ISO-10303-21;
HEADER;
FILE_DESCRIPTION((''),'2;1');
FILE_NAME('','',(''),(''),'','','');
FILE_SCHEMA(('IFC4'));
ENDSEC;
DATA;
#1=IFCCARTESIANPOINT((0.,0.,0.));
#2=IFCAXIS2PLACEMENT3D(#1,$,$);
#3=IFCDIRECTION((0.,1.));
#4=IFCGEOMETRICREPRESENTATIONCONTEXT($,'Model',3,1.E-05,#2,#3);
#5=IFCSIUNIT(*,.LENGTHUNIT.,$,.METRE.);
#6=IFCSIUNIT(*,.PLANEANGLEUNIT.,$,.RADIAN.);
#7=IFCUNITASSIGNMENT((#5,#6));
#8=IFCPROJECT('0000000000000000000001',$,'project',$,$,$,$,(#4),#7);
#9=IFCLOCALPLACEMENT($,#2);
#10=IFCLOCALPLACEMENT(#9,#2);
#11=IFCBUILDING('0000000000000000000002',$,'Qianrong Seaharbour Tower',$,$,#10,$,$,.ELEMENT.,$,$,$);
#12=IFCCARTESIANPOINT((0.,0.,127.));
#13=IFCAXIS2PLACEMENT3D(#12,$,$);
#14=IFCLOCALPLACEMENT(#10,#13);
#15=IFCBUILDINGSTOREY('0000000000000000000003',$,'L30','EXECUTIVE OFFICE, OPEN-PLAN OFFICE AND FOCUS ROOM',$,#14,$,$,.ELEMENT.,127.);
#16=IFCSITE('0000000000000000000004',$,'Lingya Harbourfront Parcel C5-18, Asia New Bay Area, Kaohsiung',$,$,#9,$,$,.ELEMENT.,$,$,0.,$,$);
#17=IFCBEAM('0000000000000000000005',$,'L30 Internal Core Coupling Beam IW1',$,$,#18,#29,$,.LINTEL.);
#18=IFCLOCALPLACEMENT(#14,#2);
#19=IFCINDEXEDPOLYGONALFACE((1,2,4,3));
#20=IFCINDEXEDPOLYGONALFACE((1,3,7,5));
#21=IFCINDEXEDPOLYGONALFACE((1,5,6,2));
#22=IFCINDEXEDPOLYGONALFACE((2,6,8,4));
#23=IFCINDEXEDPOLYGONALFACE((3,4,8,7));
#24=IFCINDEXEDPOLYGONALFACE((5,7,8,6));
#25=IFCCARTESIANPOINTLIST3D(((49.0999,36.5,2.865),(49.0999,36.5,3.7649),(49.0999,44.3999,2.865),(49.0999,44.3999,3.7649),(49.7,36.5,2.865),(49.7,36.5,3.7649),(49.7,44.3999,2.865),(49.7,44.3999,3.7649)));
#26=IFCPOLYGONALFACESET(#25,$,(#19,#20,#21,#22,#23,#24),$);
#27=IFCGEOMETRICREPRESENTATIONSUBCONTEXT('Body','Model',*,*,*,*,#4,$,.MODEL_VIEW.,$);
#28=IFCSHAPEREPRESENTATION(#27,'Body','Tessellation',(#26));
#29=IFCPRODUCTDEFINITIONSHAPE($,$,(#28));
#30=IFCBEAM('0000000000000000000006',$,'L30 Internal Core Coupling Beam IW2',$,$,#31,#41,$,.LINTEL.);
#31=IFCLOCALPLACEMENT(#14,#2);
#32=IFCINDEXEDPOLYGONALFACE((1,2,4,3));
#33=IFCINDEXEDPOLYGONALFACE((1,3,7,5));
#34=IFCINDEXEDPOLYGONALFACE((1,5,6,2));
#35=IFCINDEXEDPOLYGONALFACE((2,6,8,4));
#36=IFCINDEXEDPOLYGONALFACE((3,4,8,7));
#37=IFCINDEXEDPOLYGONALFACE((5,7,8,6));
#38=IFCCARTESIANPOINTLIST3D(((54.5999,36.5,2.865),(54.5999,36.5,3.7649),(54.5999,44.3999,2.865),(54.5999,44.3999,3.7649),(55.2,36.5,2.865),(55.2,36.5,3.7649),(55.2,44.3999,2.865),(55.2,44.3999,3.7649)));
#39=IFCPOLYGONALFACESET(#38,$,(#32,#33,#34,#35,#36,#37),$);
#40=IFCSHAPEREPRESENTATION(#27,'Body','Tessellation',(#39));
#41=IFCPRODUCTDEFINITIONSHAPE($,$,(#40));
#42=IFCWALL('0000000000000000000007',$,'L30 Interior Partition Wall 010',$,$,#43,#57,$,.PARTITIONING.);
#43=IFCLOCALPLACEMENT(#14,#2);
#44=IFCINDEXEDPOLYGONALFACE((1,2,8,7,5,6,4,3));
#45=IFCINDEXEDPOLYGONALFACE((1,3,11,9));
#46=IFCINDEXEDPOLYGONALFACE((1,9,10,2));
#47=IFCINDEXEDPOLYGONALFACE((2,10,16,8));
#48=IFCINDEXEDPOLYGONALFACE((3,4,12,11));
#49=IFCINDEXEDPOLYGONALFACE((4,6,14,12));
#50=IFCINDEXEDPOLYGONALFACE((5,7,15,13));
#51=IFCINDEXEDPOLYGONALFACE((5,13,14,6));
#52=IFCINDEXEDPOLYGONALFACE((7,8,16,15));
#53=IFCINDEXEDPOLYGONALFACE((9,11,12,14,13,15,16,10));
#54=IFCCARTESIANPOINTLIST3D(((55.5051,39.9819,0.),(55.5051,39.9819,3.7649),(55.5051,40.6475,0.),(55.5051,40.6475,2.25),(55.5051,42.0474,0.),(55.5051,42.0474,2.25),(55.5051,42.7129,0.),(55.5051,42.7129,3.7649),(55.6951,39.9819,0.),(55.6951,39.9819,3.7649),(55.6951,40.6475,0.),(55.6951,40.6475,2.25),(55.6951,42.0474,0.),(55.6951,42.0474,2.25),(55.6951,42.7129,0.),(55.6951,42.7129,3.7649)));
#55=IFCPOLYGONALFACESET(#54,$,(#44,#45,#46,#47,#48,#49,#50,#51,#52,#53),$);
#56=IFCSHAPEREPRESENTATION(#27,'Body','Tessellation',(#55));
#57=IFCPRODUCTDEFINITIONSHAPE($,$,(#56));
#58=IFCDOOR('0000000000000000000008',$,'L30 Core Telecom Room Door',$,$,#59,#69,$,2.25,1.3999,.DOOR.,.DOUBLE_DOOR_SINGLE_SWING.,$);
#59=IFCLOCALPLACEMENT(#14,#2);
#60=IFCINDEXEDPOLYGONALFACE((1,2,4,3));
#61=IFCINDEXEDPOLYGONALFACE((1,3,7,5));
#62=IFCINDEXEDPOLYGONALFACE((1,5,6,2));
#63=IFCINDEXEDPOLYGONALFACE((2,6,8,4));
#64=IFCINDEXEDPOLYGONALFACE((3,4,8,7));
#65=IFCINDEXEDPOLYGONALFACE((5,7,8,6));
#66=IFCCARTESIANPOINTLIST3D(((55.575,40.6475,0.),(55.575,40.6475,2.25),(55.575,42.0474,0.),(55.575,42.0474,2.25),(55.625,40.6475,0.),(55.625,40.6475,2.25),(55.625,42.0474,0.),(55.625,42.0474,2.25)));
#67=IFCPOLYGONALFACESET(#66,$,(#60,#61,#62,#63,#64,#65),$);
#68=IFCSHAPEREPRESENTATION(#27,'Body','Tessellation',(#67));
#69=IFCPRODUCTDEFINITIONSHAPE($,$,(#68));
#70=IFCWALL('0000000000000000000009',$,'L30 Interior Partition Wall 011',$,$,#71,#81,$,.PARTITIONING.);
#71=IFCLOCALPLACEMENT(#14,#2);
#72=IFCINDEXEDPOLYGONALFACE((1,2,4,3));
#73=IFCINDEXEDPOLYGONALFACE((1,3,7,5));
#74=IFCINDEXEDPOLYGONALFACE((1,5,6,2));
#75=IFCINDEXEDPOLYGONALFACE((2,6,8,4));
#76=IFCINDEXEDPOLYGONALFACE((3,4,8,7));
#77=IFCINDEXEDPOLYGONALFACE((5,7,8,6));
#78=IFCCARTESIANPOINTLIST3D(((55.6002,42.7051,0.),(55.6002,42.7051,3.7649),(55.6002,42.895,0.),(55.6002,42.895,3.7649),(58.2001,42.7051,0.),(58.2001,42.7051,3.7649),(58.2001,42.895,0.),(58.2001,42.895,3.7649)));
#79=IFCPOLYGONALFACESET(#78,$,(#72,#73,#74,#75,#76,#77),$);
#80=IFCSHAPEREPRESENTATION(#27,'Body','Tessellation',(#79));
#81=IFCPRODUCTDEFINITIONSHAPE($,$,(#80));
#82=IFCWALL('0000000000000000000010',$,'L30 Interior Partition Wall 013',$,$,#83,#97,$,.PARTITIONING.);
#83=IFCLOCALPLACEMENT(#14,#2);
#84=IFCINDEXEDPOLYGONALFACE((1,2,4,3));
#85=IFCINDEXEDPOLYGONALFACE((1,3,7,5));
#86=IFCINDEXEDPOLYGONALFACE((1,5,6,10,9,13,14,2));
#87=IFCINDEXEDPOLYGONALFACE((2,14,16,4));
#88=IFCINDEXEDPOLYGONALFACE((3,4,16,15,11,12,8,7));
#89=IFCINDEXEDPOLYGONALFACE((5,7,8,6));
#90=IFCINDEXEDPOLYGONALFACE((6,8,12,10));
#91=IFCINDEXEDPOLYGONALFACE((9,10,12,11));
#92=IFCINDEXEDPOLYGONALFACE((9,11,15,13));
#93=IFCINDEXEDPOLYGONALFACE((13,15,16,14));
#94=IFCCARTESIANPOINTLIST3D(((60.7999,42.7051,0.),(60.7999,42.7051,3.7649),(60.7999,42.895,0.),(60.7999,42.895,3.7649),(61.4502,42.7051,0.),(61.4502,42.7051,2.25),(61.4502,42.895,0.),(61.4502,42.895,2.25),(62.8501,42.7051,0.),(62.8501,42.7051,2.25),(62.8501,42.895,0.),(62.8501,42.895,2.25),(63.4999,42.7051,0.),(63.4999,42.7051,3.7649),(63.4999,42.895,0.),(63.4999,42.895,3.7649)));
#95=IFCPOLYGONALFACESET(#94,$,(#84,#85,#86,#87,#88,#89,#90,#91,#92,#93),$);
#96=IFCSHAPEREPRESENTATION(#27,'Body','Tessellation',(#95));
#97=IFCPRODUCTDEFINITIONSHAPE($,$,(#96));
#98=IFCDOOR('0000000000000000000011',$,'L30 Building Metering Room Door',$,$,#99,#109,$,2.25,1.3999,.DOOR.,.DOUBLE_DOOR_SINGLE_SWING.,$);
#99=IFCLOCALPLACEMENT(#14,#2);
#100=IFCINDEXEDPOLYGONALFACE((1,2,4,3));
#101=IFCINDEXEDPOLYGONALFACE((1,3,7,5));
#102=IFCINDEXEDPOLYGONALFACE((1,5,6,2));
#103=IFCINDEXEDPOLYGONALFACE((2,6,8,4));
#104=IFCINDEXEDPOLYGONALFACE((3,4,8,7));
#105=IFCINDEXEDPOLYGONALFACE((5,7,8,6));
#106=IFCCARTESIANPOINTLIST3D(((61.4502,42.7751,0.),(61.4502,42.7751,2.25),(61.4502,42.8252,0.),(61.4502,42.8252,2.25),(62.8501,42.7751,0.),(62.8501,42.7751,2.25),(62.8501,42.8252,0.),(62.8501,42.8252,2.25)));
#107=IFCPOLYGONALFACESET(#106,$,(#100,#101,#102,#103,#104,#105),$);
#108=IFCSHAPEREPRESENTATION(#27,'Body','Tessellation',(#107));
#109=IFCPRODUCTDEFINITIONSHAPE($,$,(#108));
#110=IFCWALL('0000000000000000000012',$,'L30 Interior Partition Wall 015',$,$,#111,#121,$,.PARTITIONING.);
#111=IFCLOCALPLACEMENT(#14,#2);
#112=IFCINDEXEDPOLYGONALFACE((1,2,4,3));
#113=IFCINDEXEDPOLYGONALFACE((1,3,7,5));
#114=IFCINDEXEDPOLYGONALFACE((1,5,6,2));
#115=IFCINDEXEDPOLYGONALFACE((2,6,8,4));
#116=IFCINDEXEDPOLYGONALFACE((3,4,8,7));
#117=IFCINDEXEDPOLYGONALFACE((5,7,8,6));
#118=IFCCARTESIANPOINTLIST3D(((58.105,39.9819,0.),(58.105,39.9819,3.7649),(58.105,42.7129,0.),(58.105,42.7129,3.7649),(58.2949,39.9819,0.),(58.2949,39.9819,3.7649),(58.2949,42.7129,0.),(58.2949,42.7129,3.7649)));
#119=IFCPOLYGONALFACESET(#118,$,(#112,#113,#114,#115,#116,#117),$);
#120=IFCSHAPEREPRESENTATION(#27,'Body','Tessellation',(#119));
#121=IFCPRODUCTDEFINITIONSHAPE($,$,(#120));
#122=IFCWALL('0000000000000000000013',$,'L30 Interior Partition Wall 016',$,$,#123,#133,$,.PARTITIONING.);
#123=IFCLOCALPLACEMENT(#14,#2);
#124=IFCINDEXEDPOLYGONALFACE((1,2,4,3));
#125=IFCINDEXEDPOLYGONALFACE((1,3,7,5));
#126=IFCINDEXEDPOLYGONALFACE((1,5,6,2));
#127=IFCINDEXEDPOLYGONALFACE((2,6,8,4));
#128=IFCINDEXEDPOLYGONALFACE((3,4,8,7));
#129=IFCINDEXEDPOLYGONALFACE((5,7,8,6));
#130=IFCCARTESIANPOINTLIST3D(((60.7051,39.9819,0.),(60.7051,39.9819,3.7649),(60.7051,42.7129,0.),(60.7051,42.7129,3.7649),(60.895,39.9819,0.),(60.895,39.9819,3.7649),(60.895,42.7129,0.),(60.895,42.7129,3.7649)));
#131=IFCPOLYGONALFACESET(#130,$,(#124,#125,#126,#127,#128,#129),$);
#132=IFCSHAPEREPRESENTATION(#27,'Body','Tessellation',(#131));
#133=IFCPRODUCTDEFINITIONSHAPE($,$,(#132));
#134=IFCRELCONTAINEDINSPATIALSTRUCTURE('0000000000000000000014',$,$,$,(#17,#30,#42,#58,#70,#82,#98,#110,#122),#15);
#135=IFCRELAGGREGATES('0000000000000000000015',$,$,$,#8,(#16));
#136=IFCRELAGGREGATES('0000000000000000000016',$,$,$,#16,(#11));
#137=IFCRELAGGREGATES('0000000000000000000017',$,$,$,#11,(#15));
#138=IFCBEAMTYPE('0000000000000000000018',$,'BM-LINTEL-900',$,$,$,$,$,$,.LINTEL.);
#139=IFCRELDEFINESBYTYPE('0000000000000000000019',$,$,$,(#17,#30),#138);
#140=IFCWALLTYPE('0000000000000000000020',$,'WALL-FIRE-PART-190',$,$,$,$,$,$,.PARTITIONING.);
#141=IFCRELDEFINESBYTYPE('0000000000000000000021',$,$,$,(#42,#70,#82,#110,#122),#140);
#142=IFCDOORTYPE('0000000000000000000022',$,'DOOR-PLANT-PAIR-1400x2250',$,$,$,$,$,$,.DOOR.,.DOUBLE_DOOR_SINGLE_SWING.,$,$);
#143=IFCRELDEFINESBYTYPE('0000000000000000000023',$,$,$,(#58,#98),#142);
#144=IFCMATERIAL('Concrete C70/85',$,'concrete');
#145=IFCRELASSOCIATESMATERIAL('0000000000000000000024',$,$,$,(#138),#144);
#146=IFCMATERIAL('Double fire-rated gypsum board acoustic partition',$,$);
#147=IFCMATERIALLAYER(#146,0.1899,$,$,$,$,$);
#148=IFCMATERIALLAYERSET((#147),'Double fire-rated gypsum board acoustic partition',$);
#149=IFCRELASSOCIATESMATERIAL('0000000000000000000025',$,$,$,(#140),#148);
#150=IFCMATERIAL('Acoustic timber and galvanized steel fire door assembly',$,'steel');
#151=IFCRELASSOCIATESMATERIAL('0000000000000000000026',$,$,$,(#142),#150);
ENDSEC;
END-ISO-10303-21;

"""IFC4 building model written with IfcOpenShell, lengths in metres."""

from ifc_helpers import new_model, si_unit, direction, frame, frame_2d, origin, origin_2d, place, context, subcontext, project, spatial, rectangle, extrude, material, layer, layer_set, material_profile, profile_set, type_object, element, fill, save


model = new_model("IFC4")

# Units and contexts
model_context = context("Model", 3, precision=1e-05, world=origin(), true_north=direction((0.0, 1.0)))
body_context = subcontext(model_context, "Body", "Model", "MODEL_VIEW")
ifc_project = project(units=[si_unit("LENGTHUNIT", "METRE"), si_unit("PLANEANGLEUNIT", "RADIAN")], contexts=[model_context])

# Site, building, storey
site_placement = place(None, origin())
site = spatial("IfcSite", under=ifc_project, at=site_placement, Name="Lingya Harbourfront Parcel C5-18, Asia New Bay Area, Kaohsiung", CompositionType="ELEMENT", RefElevation=0.0)
building_placement = place(site_placement, origin())
building = spatial("IfcBuilding", under=site, at=building_placement, Name="Qianrong Seaharbour Tower", CompositionType="ELEMENT")
storey_placement = place(building_placement, frame((0.0, 0.0, 127.0)))
storey = spatial("IfcBuildingStorey", under=building, at=storey_placement, Name="L30", Description="EXECUTIVE OFFICE, OPEN-PLAN OFFICE AND FOCUS ROOM", CompositionType="ELEMENT", Elevation=127.0)

# Beams
ifc_material_1 = material(Name="Concrete C70/85", Category="concrete")
ifc_material_profile = material_profile(ifc_material_1, rectangle(XDim=0.6001, YDim=0.8999, at=origin_2d()), Name="RC600x900")
ifc_profile_set = profile_set([ifc_material_profile], Name="Concrete C70/85")
beam_type = type_object("IfcBeamType", Name="BM-LINTEL-900", PredefinedType="LINTEL", material=ifc_profile_set)
for number, where, z_axis, x_axis, name in (
    (1, (49.3999, 36.5, 3.3149), (0.0, 1.0, 0.0), (-1.0, 0.0, 0.0), "L30 Internal Core Coupling Beam IW1"),
    (2, (54.8999, 36.5, 3.3149), (0.0, 1.0, 0.0), (-1.0, 0.0, 0.0), "L30 Internal Core Coupling Beam IW2"),
):
    element("IfcBeam", number, at=place(storey_placement, frame(where, z_axis=z_axis, x_axis=x_axis)), inside=storey, type_object=beam_type, Name=name, PredefinedType="LINTEL", context=body_context, shape_type="SweptSolid", body=[
        extrude(rectangle(XDim=0.6001, YDim=0.8999, at=origin_2d()), origin(), (0.0, 0.0, 1.0), 7.8999),
    ])

# Wall, opening, door
ifc_material_2 = material(Name="Acoustic timber and galvanized steel fire door assembly", Category="steel")
ifc_material_3 = material(Name="Double fire-rated gypsum board acoustic partition")
ifc_layer_1 = layer(ifc_material_3, 0.1899)
ifc_layer_set_1 = layer_set([ifc_layer_1], Name="Double fire-rated gypsum board acoustic partition")
wall_type_1 = type_object("IfcWallType", Name="WALL-FIRE-PART-190", PredefinedType="PARTITIONING", material=ifc_layer_set_1)
wall_1_placement = place(storey_placement, frame((55.6001, 42.7129, 0.0), z_axis=(0.0, 0.0, 1.0), x_axis=(0.0, -1.0, 0.0)))
wall_1 = element("IfcWall", 3, at=wall_1_placement, inside=storey, type_object=wall_type_1, Name="L30 Interior Partition Wall 010", PredefinedType="PARTITIONING", context=body_context, shape_type="SweptSolid", body=[
    extrude(rectangle(XDim=2.731, YDim=0.1899, at=frame_2d((1.3655, 0.0))), origin(), (0.0, 0.0, 1.0), 3.7649),
])
opening_1_placement = place(wall_1_placement, frame((0.6655, 0.0, 0.0)))
opening_1 = element("IfcOpeningElement", 4, at=opening_1_placement, cuts=wall_1, PredefinedType="OPENING", context=body_context, shape_type="SweptSolid", body=[
    extrude(rectangle(XDim=1.3999, YDim=2.25, at=frame_2d((0.7, 1.125))), frame((0.0, 0.105, 0.0), z_axis=(0.0, -1.0, 0.0), x_axis=(1.0, 0.0, 0.0)), (0.0, 0.0, 1.0), 0.21),
])
door_type_1 = type_object("IfcDoorType", Name="DOOR-PLANT-PAIR-1400x2250", OperationType="DOUBLE_DOOR_SINGLE_SWING", PredefinedType="DOOR", material=ifc_material_2)
door_1_placement = place(opening_1_placement, origin())
door_1 = element("IfcDoor", 5, at=door_1_placement, inside=storey, type_object=door_type_1, Name="L30 Core Telecom Room Door", OperationType="DOUBLE_DOOR_SINGLE_SWING", OverallHeight=2.25, OverallWidth=1.3999, PredefinedType="DOOR", context=body_context, shape_type="SweptSolid", body=[
    extrude(rectangle(XDim=1.3999, YDim=2.25, at=frame_2d((0.7, 1.125))), frame((0.0, 0.0249, 0.0), z_axis=(0.0, -1.0, 0.0), x_axis=(1.0, 0.0, 0.0)), (0.0, 0.0, 1.0), 0.05),
])
fill(opening_1, door_1)

# Wall
wall_2_placement = place(storey_placement, frame((58.2, 42.8, 0.0), z_axis=(0.0, 0.0, 1.0), x_axis=(-1.0, 0.0, 0.0)))
element("IfcWall", 6, at=wall_2_placement, inside=storey, type_object=wall_type_1, Name="L30 Interior Partition Wall 011", PredefinedType="PARTITIONING", context=body_context, shape_type="SweptSolid", body=[
    extrude(rectangle(XDim=2.5999, YDim=0.1899, at=frame_2d((1.2998, 0.0))), origin(), (0.0, 0.0, 1.0), 3.7649),
])

# Wall, opening, door
wall_3_placement = place(storey_placement, frame((63.5, 42.8, 0.0), z_axis=(0.0, 0.0, 1.0), x_axis=(-1.0, 0.0, 0.0)))
wall_3 = element("IfcWall", 7, at=wall_3_placement, inside=storey, type_object=wall_type_1, Name="L30 Interior Partition Wall 013", PredefinedType="PARTITIONING", context=body_context, shape_type="SweptSolid", body=[
    extrude(rectangle(XDim=2.7, YDim=0.1899, at=frame_2d((1.3501, 0.0))), origin(), (0.0, 0.0, 1.0), 3.7649),
])
opening_2_placement = place(wall_3_placement, frame((0.6499, 0.0, 0.0)))
opening_2 = element("IfcOpeningElement", 8, at=opening_2_placement, cuts=wall_3, PredefinedType="OPENING", context=body_context, shape_type="SweptSolid", body=[
    extrude(rectangle(XDim=1.3999, YDim=2.25, at=frame_2d((0.7, 1.125))), frame((0.0, 0.105, 0.0), z_axis=(0.0, -1.0, 0.0), x_axis=(1.0, 0.0, 0.0)), (0.0, 0.0, 1.0), 0.21),
])
door_2_placement = place(opening_2_placement, origin())
door_2 = element("IfcDoor", 9, at=door_2_placement, inside=storey, type_object=door_type_1, Name="L30 Building Metering Room Door", OperationType="DOUBLE_DOOR_SINGLE_SWING", OverallHeight=2.25, OverallWidth=1.3999, PredefinedType="DOOR", context=body_context, shape_type="SweptSolid", body=[
    extrude(rectangle(XDim=1.3999, YDim=2.25, at=frame_2d((0.7, 1.125))), frame((0.0, 0.0249, 0.0), z_axis=(0.0, -1.0, 0.0), x_axis=(1.0, 0.0, 0.0)), (0.0, 0.0, 1.0), 0.05),
])
fill(opening_2, door_2)

# Walls
for number, where, z_axis, x_axis, name in (
    (10, (58.2, 42.7129, 0.0), (0.0, 0.0, 1.0), (0.0, -1.0, 0.0), "L30 Interior Partition Wall 015"),
    (11, (60.8, 42.7129, 0.0), (0.0, 0.0, 1.0), (0.0, -1.0, 0.0), "L30 Interior Partition Wall 016"),
):
    element("IfcWall", number, at=place(storey_placement, frame(where, z_axis=z_axis, x_axis=x_axis)), inside=storey, type_object=wall_type_1, Name=name, PredefinedType="PARTITIONING", context=body_context, shape_type="SweptSolid", body=[
        extrude(rectangle(XDim=2.731, YDim=0.1899, at=frame_2d((1.3655, 0.0))), origin(), (0.0, 0.0, 1.0), 3.7649),
    ])

save(model, "model.ifc")
